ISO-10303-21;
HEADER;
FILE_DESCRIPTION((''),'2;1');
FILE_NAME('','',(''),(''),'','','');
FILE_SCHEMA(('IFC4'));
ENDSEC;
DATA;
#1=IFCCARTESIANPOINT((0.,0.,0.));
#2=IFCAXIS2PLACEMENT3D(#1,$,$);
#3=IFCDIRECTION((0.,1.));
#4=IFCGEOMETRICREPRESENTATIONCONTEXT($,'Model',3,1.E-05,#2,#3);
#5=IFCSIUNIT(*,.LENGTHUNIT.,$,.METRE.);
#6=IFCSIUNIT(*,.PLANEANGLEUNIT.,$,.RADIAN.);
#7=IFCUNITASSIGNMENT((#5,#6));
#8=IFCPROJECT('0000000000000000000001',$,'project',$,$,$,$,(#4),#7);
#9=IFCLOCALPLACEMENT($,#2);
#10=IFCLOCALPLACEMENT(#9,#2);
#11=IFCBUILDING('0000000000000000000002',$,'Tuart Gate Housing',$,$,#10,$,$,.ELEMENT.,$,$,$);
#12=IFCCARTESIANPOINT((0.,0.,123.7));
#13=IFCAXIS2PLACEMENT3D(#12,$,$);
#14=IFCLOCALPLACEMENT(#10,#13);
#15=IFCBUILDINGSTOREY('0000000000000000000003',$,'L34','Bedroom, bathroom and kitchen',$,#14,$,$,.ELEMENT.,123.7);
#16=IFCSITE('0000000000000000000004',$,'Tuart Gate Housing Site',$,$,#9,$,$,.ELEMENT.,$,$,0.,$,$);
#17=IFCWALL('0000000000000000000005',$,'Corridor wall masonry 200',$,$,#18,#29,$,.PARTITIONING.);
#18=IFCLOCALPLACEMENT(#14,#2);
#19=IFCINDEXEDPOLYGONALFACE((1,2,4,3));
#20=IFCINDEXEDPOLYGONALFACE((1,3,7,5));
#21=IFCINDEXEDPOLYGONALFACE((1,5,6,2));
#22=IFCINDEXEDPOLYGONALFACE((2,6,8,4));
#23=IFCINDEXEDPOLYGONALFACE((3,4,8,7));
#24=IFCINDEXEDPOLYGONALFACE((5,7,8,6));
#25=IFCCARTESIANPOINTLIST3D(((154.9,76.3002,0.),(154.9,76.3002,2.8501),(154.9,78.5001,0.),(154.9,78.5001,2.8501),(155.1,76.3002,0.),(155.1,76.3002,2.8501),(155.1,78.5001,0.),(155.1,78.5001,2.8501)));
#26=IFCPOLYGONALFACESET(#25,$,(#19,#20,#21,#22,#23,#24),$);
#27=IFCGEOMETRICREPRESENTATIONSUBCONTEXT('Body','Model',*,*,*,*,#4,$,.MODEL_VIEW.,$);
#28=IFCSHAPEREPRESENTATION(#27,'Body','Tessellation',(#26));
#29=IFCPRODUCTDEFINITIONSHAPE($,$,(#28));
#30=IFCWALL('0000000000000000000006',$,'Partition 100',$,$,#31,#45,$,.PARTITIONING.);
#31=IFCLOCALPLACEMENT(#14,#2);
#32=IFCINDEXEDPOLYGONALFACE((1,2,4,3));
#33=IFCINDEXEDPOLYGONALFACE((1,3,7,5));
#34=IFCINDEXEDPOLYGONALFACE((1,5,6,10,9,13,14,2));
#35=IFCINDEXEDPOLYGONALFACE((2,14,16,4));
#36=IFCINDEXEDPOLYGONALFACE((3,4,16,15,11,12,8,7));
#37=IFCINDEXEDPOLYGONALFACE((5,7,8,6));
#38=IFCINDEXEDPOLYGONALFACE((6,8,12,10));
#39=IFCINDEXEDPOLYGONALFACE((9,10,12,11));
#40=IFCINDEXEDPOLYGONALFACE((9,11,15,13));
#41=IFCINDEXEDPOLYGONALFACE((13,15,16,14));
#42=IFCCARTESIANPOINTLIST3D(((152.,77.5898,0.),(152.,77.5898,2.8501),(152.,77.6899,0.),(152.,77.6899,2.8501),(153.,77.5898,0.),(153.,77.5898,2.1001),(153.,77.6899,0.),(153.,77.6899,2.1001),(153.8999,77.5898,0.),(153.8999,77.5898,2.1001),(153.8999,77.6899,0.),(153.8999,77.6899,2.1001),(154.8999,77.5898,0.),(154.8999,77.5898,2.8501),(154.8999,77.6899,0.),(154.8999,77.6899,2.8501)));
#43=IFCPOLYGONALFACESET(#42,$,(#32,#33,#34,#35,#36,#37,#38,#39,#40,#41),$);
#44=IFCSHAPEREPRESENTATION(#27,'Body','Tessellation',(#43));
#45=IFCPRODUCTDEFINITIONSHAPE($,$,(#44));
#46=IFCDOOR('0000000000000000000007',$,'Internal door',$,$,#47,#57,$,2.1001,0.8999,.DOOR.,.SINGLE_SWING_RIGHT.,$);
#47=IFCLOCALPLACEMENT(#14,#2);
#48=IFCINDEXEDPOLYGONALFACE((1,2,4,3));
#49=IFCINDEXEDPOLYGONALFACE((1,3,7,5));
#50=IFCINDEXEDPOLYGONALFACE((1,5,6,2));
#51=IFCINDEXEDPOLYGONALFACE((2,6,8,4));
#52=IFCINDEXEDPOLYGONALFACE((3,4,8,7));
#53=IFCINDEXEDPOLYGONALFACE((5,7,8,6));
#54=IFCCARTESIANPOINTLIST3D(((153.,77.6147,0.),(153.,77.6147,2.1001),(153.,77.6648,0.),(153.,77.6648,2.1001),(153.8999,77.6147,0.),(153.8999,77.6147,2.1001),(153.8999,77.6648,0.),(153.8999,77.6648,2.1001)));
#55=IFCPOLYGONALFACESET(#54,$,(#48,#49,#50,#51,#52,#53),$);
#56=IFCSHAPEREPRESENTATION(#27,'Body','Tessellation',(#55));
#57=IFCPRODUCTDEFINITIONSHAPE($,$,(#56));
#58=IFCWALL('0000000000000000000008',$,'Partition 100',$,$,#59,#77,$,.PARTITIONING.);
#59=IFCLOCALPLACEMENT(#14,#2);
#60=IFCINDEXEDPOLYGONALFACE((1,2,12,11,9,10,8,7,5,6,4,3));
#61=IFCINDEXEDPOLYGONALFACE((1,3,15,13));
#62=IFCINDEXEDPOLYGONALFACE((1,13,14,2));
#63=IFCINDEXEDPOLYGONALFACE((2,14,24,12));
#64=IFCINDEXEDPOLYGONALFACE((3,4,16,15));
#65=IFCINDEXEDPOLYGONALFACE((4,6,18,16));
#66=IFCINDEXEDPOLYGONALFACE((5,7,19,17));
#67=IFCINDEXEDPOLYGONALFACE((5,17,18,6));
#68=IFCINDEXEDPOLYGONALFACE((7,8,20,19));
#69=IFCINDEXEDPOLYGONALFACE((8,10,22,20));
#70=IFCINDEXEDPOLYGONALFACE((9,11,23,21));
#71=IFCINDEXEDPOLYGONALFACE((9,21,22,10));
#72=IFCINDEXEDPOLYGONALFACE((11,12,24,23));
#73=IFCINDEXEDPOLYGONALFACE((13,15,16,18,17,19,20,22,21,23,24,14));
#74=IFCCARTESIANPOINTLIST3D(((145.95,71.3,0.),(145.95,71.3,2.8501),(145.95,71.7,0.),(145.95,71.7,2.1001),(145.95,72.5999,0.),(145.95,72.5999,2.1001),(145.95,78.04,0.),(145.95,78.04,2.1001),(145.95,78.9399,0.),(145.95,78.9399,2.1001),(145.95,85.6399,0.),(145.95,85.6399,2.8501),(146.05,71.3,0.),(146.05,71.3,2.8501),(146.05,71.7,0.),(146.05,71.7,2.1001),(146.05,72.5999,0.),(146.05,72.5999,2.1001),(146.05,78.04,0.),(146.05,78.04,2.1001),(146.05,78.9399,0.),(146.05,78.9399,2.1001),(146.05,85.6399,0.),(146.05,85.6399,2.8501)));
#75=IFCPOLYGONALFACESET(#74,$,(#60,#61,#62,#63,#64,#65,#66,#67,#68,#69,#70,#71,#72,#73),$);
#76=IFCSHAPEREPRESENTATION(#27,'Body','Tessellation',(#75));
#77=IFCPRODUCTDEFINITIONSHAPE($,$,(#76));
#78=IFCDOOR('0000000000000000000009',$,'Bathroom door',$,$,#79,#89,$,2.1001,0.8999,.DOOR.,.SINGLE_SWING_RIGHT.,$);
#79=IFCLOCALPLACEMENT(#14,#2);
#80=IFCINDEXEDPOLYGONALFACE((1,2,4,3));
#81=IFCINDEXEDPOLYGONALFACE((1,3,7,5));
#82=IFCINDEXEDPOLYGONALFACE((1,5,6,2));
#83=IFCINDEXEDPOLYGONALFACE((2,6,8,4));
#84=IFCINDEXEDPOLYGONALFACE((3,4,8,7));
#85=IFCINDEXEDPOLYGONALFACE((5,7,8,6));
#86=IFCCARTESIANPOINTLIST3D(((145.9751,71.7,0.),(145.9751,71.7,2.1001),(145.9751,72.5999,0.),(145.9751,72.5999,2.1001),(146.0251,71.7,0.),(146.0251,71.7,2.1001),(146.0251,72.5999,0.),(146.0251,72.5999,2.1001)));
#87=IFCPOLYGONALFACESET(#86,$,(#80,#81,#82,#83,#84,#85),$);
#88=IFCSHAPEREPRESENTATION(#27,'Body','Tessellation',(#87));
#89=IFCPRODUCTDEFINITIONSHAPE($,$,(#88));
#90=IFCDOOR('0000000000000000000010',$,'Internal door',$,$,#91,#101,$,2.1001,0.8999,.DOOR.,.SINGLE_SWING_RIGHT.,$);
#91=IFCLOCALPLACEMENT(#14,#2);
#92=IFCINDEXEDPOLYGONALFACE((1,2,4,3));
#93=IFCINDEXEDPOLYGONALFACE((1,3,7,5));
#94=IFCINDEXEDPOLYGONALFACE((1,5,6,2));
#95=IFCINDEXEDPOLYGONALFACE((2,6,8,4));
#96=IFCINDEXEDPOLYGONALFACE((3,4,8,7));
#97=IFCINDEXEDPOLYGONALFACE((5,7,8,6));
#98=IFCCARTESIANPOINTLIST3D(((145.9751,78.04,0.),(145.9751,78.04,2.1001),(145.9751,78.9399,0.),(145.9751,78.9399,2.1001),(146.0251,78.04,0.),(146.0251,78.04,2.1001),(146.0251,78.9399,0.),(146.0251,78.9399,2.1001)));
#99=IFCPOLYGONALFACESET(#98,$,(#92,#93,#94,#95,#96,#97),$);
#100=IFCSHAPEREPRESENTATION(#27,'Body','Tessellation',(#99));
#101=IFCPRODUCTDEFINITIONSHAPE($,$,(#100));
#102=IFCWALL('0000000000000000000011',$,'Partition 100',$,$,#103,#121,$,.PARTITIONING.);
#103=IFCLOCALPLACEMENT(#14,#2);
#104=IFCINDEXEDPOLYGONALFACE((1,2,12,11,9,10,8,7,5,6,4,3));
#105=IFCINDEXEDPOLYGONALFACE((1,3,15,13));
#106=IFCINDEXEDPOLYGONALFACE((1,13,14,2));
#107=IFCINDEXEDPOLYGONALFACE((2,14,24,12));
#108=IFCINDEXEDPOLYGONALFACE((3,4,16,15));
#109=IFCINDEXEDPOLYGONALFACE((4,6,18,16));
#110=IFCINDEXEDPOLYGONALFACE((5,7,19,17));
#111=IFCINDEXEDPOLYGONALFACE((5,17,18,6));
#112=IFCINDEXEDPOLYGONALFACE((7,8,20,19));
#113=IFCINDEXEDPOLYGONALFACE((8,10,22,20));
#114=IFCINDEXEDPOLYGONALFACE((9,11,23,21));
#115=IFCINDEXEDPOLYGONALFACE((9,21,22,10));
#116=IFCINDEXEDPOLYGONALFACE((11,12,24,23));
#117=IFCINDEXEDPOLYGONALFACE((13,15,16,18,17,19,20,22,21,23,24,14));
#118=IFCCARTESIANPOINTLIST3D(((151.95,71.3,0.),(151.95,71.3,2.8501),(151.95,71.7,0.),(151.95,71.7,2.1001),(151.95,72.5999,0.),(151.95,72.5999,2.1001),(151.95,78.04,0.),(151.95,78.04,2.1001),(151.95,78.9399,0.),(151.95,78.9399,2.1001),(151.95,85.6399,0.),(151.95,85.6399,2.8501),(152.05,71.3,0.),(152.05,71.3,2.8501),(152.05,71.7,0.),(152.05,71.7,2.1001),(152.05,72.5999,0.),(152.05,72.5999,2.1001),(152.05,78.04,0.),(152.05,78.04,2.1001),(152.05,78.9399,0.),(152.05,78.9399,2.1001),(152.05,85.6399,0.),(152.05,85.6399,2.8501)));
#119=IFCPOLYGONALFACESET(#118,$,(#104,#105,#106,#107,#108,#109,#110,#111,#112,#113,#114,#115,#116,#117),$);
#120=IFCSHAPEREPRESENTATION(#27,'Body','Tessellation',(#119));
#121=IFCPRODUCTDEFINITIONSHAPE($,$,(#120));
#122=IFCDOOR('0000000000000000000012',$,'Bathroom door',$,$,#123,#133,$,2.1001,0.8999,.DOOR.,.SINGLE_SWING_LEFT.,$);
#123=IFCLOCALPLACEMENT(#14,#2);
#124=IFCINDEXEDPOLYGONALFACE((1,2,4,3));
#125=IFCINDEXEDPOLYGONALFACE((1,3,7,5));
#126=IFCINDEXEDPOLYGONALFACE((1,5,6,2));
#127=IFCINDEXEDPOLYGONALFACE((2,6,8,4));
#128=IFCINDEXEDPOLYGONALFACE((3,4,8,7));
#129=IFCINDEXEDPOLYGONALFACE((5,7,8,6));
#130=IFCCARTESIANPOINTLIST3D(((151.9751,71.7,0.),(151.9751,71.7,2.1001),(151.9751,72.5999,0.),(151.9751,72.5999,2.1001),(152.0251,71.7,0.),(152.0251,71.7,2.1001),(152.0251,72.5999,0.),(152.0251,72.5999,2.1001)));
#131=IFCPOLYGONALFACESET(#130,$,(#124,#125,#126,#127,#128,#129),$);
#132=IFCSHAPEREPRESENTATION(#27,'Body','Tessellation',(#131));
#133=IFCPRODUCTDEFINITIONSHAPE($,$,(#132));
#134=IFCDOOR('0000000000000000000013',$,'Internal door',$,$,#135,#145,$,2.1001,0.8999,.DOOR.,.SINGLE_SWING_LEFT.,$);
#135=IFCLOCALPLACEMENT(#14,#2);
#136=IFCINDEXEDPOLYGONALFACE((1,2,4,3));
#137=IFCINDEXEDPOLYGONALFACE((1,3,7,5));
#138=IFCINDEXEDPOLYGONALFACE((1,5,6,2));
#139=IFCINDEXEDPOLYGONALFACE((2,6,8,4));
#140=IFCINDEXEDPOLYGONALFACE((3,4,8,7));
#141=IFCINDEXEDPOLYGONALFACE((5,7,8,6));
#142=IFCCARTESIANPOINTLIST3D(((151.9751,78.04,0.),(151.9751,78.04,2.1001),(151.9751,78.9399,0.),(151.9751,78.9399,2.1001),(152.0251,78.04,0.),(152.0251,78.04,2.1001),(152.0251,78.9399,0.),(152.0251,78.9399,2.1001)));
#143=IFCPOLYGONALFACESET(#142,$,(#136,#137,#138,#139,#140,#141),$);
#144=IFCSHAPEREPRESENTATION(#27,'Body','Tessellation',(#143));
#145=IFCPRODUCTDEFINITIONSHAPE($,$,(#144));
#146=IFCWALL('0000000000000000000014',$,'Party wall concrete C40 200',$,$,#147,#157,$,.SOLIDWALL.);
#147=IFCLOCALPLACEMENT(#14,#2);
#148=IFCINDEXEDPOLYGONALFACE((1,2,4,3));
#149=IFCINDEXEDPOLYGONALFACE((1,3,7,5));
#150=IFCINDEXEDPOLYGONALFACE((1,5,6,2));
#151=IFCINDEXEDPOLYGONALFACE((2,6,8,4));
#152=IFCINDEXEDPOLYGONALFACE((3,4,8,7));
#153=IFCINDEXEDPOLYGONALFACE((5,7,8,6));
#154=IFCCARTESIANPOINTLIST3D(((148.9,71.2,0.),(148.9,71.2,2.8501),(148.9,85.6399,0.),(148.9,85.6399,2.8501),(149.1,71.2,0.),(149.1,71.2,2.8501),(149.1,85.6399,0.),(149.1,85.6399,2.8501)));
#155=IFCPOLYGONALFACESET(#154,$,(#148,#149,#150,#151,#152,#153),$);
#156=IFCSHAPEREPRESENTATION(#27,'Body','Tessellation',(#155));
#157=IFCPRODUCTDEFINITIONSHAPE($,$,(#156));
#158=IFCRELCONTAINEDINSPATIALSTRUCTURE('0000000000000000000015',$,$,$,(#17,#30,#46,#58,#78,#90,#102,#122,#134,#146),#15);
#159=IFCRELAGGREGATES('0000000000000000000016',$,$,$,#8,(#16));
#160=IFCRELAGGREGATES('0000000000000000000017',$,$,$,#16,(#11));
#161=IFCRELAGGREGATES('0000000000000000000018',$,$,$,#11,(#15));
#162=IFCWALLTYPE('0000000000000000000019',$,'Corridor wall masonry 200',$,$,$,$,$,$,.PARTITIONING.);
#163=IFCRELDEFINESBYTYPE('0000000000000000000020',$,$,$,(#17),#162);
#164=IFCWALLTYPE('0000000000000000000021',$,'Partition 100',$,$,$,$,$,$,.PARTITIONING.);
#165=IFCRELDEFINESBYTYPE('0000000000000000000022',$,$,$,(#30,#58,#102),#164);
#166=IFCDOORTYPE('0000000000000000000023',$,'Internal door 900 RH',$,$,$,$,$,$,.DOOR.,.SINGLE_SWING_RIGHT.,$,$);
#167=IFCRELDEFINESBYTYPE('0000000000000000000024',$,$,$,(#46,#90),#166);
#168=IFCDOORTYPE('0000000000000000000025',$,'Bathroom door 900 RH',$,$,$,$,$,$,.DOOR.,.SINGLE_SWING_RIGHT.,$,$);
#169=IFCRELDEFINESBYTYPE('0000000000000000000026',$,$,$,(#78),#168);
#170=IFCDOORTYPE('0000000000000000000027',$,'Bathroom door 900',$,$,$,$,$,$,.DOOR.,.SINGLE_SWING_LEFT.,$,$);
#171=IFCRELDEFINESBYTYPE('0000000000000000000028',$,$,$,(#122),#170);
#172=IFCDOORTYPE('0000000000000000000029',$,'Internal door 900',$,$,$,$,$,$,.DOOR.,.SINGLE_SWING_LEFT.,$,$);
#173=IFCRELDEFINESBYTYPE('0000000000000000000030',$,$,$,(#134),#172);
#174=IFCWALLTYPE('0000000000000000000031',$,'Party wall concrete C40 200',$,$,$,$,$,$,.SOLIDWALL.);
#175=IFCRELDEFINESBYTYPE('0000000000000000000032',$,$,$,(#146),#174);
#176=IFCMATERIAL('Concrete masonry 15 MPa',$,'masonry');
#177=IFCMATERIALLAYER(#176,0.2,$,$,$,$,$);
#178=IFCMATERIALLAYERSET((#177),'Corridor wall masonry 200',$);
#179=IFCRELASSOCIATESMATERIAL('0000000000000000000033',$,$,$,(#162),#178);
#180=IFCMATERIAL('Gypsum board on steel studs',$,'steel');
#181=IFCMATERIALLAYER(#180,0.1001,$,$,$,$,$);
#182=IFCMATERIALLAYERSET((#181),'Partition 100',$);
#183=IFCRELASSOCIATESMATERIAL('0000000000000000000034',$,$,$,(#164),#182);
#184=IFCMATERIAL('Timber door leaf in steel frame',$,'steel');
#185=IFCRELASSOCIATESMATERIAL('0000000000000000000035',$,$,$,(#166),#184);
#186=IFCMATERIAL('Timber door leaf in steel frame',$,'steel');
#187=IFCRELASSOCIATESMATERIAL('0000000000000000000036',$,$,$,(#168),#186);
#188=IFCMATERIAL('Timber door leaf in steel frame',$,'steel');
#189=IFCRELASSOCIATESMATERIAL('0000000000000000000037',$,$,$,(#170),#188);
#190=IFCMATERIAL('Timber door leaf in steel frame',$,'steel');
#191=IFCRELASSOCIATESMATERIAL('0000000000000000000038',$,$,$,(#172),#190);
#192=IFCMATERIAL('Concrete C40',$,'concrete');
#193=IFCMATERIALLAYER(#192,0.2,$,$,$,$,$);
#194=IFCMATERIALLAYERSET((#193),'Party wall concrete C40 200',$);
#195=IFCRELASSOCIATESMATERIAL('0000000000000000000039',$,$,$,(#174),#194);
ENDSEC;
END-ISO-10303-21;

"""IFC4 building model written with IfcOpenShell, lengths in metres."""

from ifc_helpers import new_model, si_unit, direction, frame, frame_2d, origin, place, context, subcontext, project, spatial, rectangle, extrude, material, layer, layer_set, type_object, element, fill, save


model = new_model("IFC4")

# Units and contexts
model_context = context("Model", 3, precision=1e-05, world=origin(), true_north=direction((0.0, 1.0)))
body_context = subcontext(model_context, "Body", "Model", "MODEL_VIEW")
ifc_project = project(units=[si_unit("LENGTHUNIT", "METRE"), si_unit("PLANEANGLEUNIT", "RADIAN")], contexts=[model_context])

# Site, building, storey
site_placement = place(None, origin())
site = spatial("IfcSite", under=ifc_project, at=site_placement, Name="Tuart Gate Housing Site", CompositionType="ELEMENT", RefElevation=0.0)
building_placement = place(site_placement, origin())
building = spatial("IfcBuilding", under=site, at=building_placement, Name="Tuart Gate Housing", CompositionType="ELEMENT")
storey_placement = place(building_placement, frame((0.0, 0.0, 123.7)))
storey = spatial("IfcBuildingStorey", under=building, at=storey_placement, Name="L34", Description="Bedroom, bathroom and kitchen", CompositionType="ELEMENT", Elevation=123.7)

# Wall
ifc_material_1 = material(Name="Concrete masonry 15 MPa", Category="masonry")
ifc_layer_1 = layer(ifc_material_1, 0.2)
ifc_layer_set_1 = layer_set([ifc_layer_1], Name="Corridor wall masonry 200")
wall_type_1 = type_object("IfcWallType", Name="Corridor wall masonry 200", PredefinedType="PARTITIONING", material=ifc_layer_set_1)
wall_1_placement = place(storey_placement, frame((155.0, 76.3, 0.0), z_axis=(0.0, 0.0, 1.0), x_axis=(0.0, 1.0, 0.0)))
element("IfcWall", 1, at=wall_1_placement, inside=storey, type_object=wall_type_1, Name="Corridor wall masonry 200", PredefinedType="PARTITIONING", context=body_context, shape_type="SweptSolid", body=[
    extrude(rectangle(XDim=2.2, YDim=0.2, at=frame_2d((1.1001, 0.0))), origin(), (0.0, 0.0, 1.0), 2.8501),
])

# Wall, opening, door
ifc_material_2 = material(Name="Gypsum board on steel studs", Category="steel")
ifc_layer_2 = layer(ifc_material_2, 0.1001)
ifc_layer_set_2 = layer_set([ifc_layer_2], Name="Partition 100")
wall_type_2 = type_object("IfcWallType", Name="Partition 100", PredefinedType="PARTITIONING", material=ifc_layer_set_2)
wall_2_placement = place(storey_placement, frame((152.0, 77.6399, 0.0), z_axis=(0.0, 0.0, 1.0), x_axis=(1.0, 0.0, 0.0)))
wall_2 = element("IfcWall", 2, at=wall_2_placement, inside=storey, type_object=wall_type_2, Name="Partition 100", PredefinedType="PARTITIONING", context=body_context, shape_type="SweptSolid", body=[
    extrude(rectangle(XDim=2.8999, YDim=0.1001, at=frame_2d((1.45, 0.0))), origin(), (0.0, 0.0, 1.0), 2.8501),
])
opening_1_placement = place(wall_2_placement, frame((1.0, 0.0, 0.0)))
opening_1 = element("IfcOpeningElement", 3, at=opening_1_placement, cuts=wall_2, PredefinedType="OPENING", context=body_context, shape_type="SweptSolid", body=[
    extrude(rectangle(XDim=0.8999, YDim=2.1001, at=frame_2d((0.45, 1.05))), frame((0.0, 0.0601, 0.0), z_axis=(0.0, -1.0, 0.0), x_axis=(1.0, 0.0, 0.0)), (0.0, 0.0, 1.0), 0.1201),
])
ifc_material_3 = material(Name="Timber door leaf in steel frame", Category="steel")
door_type_1 = type_object("IfcDoorType", Name="Internal door 900 RH", OperationType="SINGLE_SWING_RIGHT", PredefinedType="DOOR", material=ifc_material_3)
door_1_placement = place(opening_1_placement, frame((0.8999, 0.0, 0.0), z_axis=(0.0, 0.0, 1.0), x_axis=(-1.0, 0.0, 0.0)))
door_1 = element("IfcDoor", 4, at=door_1_placement, inside=storey, type_object=door_type_1, Name="Internal door", OperationType="SINGLE_SWING_RIGHT", OverallHeight=2.1001, OverallWidth=0.8999, PredefinedType="DOOR", context=body_context, shape_type="SweptSolid", body=[
    extrude(rectangle(XDim=0.8999, YDim=2.1001, at=frame_2d((0.45, 1.05))), frame((0.0, 0.0251, 0.0), z_axis=(0.0, -1.0, 0.0), x_axis=(1.0, 0.0, 0.0)), (0.0, 0.0, 1.0), 0.05),
])
fill(opening_1, door_1)

# Walls, openings, doors
wall_3_placement = place(storey_placement, frame((146.0, 71.3, 0.0), z_axis=(0.0, 0.0, 1.0), x_axis=(0.0, 1.0, 0.0)))
wall_3 = element("IfcWall", 5, at=wall_3_placement, inside=storey, type_object=wall_type_2, Name="Partition 100", PredefinedType="PARTITIONING", context=body_context, shape_type="SweptSolid", body=[
    extrude(rectangle(XDim=14.3398, YDim=0.1001, at=frame_2d((7.1699, 0.0))), origin(), (0.0, 0.0, 1.0), 2.8501),
])
opening_2_placement = place(wall_3_placement, frame((6.74, 0.0, 0.0)))
opening_2 = element("IfcOpeningElement", 6, at=opening_2_placement, cuts=wall_3, PredefinedType="OPENING", context=body_context, shape_type="SweptSolid", body=[
    extrude(rectangle(XDim=0.8999, YDim=2.1001, at=frame_2d((0.45, 1.05))), frame((0.0, 0.0601, 0.0), z_axis=(0.0, -1.0, 0.0), x_axis=(1.0, 0.0, 0.0)), (0.0, 0.0, 1.0), 0.1201),
])
opening_3_placement = place(wall_3_placement, frame((0.3999, 0.0, 0.0)))
opening_3 = element("IfcOpeningElement", 7, at=opening_3_placement, cuts=wall_3, PredefinedType="OPENING", context=body_context, shape_type="SweptSolid", body=[
    extrude(rectangle(XDim=0.8999, YDim=2.1001, at=frame_2d((0.45, 1.05))), frame((0.0, 0.0601, 0.0), z_axis=(0.0, -1.0, 0.0), x_axis=(1.0, 0.0, 0.0)), (0.0, 0.0, 1.0), 0.1201),
])
ifc_material_4 = material(Name="Timber door leaf in steel frame", Category="steel")
door_type_2 = type_object("IfcDoorType", Name="Bathroom door 900 RH", OperationType="SINGLE_SWING_RIGHT", PredefinedType="DOOR", material=ifc_material_4)
door_2_placement = place(opening_3_placement, frame((0.8999, 0.0, 0.0), z_axis=(0.0, 0.0, 1.0), x_axis=(-1.0, 0.0, 0.0)))
door_2 = element("IfcDoor", 8, at=door_2_placement, inside=storey, type_object=door_type_2, Name="Bathroom door", OperationType="SINGLE_SWING_RIGHT", OverallHeight=2.1001, OverallWidth=0.8999, PredefinedType="DOOR", context=body_context, shape_type="SweptSolid", body=[
    extrude(rectangle(XDim=0.8999, YDim=2.1001, at=frame_2d((0.45, 1.05))), frame((0.0, 0.0251, 0.0), z_axis=(0.0, -1.0, 0.0), x_axis=(1.0, 0.0, 0.0)), (0.0, 0.0, 1.0), 0.05),
])
fill(opening_3, door_2)
door_3_placement = place(opening_2_placement, frame((0.8999, 0.0, 0.0), z_axis=(0.0, 0.0, 1.0), x_axis=(-1.0, 0.0, 0.0)))
door_3 = element("IfcDoor", 9, at=door_3_placement, inside=storey, type_object=door_type_1, Name="Internal door", OperationType="SINGLE_SWING_RIGHT", OverallHeight=2.1001, OverallWidth=0.8999, PredefinedType="DOOR", context=body_context, shape_type="SweptSolid", body=[
    extrude(rectangle(XDim=0.8999, YDim=2.1001, at=frame_2d((0.45, 1.05))), frame((0.0, 0.0251, 0.0), z_axis=(0.0, -1.0, 0.0), x_axis=(1.0, 0.0, 0.0)), (0.0, 0.0, 1.0), 0.05),
])
fill(opening_2, door_3)
wall_4_placement = place(storey_placement, frame((152.0, 71.3, 0.0), z_axis=(0.0, 0.0, 1.0), x_axis=(0.0, 1.0, 0.0)))
wall_4 = element("IfcWall", 10, at=wall_4_placement, inside=storey, type_object=wall_type_2, Name="Partition 100", PredefinedType="PARTITIONING", context=body_context, shape_type="SweptSolid", body=[
    extrude(rectangle(XDim=14.3398, YDim=0.1001, at=frame_2d((7.1699, 0.0))), origin(), (0.0, 0.0, 1.0), 2.8501),
])
opening_4_placement = place(wall_4_placement, frame((6.74, 0.0, 0.0)))
opening_4 = element("IfcOpeningElement", 11, at=opening_4_placement, cuts=wall_4, PredefinedType="OPENING", context=body_context, shape_type="SweptSolid", body=[
    extrude(rectangle(XDim=0.8999, YDim=2.1001, at=frame_2d((0.45, 1.05))), frame((0.0, 0.0601, 0.0), z_axis=(0.0, -1.0, 0.0), x_axis=(1.0, 0.0, 0.0)), (0.0, 0.0, 1.0), 0.1201),
])
opening_5_placement = place(wall_4_placement, frame((0.3999, 0.0, 0.0)))
opening_5 = element("IfcOpeningElement", 12, at=opening_5_placement, cuts=wall_4, PredefinedType="OPENING", context=body_context, shape_type="SweptSolid", body=[
    extrude(rectangle(XDim=0.8999, YDim=2.1001, at=frame_2d((0.45, 1.05))), frame((0.0, 0.0601, 0.0), z_axis=(0.0, -1.0, 0.0), x_axis=(1.0, 0.0, 0.0)), (0.0, 0.0, 1.0), 0.1201),
])
ifc_material_5 = material(Name="Timber door leaf in steel frame", Category="steel")
door_type_3 = type_object("IfcDoorType", Name="Bathroom door 900", OperationType="SINGLE_SWING_LEFT", PredefinedType="DOOR", material=ifc_material_5)
door_4_placement = place(opening_5_placement, origin())
door_4 = element("IfcDoor", 13, at=door_4_placement, inside=storey, type_object=door_type_3, Name="Bathroom door", OperationType="SINGLE_SWING_LEFT", OverallHeight=2.1001, OverallWidth=0.8999, PredefinedType="DOOR", context=body_context, shape_type="SweptSolid", body=[
    extrude(rectangle(XDim=0.8999, YDim=2.1001, at=frame_2d((0.45, 1.05))), frame((0.0, 0.0249, 0.0), z_axis=(0.0, -1.0, 0.0), x_axis=(1.0, 0.0, 0.0)), (0.0, 0.0, 1.0), 0.05),
])
fill(opening_5, door_4)
ifc_material_6 = material(Name="Timber door leaf in steel frame", Category="steel")
door_type_4 = type_object("IfcDoorType", Name="Internal door 900", OperationType="SINGLE_SWING_LEFT", PredefinedType="DOOR", material=ifc_material_6)
door_5_placement = place(opening_4_placement, origin())
door_5 = element("IfcDoor", 14, at=door_5_placement, inside=storey, type_object=door_type_4, Name="Internal door", OperationType="SINGLE_SWING_LEFT", OverallHeight=2.1001, OverallWidth=0.8999, PredefinedType="DOOR", context=body_context, shape_type="SweptSolid", body=[
    extrude(rectangle(XDim=0.8999, YDim=2.1001, at=frame_2d((0.45, 1.05))), frame((0.0, 0.0249, 0.0), z_axis=(0.0, -1.0, 0.0), x_axis=(1.0, 0.0, 0.0)), (0.0, 0.0, 1.0), 0.05),
])
fill(opening_4, door_5)

# Wall
ifc_material_7 = material(Name="Concrete C40", Category="concrete")
ifc_layer_3 = layer(ifc_material_7, 0.2)
ifc_layer_set_3 = layer_set([ifc_layer_3], Name="Party wall concrete C40 200")
wall_type_3 = type_object("IfcWallType", Name="Party wall concrete C40 200", PredefinedType="SOLIDWALL", material=ifc_layer_set_3)
wall_5_placement = place(storey_placement, frame((149.0, 71.2, 0.0), z_axis=(0.0, 0.0, 1.0), x_axis=(0.0, 1.0, 0.0)))
element("IfcWall", 15, at=wall_5_placement, inside=storey, type_object=wall_type_3, Name="Party wall concrete C40 200", PredefinedType="SOLIDWALL", context=body_context, shape_type="SweptSolid", body=[
    extrude(rectangle(XDim=14.4399, YDim=0.2, at=frame_2d((7.22, 0.0))), origin(), (0.0, 0.0, 1.0), 2.8501),
])

save(model, "model.ifc")
